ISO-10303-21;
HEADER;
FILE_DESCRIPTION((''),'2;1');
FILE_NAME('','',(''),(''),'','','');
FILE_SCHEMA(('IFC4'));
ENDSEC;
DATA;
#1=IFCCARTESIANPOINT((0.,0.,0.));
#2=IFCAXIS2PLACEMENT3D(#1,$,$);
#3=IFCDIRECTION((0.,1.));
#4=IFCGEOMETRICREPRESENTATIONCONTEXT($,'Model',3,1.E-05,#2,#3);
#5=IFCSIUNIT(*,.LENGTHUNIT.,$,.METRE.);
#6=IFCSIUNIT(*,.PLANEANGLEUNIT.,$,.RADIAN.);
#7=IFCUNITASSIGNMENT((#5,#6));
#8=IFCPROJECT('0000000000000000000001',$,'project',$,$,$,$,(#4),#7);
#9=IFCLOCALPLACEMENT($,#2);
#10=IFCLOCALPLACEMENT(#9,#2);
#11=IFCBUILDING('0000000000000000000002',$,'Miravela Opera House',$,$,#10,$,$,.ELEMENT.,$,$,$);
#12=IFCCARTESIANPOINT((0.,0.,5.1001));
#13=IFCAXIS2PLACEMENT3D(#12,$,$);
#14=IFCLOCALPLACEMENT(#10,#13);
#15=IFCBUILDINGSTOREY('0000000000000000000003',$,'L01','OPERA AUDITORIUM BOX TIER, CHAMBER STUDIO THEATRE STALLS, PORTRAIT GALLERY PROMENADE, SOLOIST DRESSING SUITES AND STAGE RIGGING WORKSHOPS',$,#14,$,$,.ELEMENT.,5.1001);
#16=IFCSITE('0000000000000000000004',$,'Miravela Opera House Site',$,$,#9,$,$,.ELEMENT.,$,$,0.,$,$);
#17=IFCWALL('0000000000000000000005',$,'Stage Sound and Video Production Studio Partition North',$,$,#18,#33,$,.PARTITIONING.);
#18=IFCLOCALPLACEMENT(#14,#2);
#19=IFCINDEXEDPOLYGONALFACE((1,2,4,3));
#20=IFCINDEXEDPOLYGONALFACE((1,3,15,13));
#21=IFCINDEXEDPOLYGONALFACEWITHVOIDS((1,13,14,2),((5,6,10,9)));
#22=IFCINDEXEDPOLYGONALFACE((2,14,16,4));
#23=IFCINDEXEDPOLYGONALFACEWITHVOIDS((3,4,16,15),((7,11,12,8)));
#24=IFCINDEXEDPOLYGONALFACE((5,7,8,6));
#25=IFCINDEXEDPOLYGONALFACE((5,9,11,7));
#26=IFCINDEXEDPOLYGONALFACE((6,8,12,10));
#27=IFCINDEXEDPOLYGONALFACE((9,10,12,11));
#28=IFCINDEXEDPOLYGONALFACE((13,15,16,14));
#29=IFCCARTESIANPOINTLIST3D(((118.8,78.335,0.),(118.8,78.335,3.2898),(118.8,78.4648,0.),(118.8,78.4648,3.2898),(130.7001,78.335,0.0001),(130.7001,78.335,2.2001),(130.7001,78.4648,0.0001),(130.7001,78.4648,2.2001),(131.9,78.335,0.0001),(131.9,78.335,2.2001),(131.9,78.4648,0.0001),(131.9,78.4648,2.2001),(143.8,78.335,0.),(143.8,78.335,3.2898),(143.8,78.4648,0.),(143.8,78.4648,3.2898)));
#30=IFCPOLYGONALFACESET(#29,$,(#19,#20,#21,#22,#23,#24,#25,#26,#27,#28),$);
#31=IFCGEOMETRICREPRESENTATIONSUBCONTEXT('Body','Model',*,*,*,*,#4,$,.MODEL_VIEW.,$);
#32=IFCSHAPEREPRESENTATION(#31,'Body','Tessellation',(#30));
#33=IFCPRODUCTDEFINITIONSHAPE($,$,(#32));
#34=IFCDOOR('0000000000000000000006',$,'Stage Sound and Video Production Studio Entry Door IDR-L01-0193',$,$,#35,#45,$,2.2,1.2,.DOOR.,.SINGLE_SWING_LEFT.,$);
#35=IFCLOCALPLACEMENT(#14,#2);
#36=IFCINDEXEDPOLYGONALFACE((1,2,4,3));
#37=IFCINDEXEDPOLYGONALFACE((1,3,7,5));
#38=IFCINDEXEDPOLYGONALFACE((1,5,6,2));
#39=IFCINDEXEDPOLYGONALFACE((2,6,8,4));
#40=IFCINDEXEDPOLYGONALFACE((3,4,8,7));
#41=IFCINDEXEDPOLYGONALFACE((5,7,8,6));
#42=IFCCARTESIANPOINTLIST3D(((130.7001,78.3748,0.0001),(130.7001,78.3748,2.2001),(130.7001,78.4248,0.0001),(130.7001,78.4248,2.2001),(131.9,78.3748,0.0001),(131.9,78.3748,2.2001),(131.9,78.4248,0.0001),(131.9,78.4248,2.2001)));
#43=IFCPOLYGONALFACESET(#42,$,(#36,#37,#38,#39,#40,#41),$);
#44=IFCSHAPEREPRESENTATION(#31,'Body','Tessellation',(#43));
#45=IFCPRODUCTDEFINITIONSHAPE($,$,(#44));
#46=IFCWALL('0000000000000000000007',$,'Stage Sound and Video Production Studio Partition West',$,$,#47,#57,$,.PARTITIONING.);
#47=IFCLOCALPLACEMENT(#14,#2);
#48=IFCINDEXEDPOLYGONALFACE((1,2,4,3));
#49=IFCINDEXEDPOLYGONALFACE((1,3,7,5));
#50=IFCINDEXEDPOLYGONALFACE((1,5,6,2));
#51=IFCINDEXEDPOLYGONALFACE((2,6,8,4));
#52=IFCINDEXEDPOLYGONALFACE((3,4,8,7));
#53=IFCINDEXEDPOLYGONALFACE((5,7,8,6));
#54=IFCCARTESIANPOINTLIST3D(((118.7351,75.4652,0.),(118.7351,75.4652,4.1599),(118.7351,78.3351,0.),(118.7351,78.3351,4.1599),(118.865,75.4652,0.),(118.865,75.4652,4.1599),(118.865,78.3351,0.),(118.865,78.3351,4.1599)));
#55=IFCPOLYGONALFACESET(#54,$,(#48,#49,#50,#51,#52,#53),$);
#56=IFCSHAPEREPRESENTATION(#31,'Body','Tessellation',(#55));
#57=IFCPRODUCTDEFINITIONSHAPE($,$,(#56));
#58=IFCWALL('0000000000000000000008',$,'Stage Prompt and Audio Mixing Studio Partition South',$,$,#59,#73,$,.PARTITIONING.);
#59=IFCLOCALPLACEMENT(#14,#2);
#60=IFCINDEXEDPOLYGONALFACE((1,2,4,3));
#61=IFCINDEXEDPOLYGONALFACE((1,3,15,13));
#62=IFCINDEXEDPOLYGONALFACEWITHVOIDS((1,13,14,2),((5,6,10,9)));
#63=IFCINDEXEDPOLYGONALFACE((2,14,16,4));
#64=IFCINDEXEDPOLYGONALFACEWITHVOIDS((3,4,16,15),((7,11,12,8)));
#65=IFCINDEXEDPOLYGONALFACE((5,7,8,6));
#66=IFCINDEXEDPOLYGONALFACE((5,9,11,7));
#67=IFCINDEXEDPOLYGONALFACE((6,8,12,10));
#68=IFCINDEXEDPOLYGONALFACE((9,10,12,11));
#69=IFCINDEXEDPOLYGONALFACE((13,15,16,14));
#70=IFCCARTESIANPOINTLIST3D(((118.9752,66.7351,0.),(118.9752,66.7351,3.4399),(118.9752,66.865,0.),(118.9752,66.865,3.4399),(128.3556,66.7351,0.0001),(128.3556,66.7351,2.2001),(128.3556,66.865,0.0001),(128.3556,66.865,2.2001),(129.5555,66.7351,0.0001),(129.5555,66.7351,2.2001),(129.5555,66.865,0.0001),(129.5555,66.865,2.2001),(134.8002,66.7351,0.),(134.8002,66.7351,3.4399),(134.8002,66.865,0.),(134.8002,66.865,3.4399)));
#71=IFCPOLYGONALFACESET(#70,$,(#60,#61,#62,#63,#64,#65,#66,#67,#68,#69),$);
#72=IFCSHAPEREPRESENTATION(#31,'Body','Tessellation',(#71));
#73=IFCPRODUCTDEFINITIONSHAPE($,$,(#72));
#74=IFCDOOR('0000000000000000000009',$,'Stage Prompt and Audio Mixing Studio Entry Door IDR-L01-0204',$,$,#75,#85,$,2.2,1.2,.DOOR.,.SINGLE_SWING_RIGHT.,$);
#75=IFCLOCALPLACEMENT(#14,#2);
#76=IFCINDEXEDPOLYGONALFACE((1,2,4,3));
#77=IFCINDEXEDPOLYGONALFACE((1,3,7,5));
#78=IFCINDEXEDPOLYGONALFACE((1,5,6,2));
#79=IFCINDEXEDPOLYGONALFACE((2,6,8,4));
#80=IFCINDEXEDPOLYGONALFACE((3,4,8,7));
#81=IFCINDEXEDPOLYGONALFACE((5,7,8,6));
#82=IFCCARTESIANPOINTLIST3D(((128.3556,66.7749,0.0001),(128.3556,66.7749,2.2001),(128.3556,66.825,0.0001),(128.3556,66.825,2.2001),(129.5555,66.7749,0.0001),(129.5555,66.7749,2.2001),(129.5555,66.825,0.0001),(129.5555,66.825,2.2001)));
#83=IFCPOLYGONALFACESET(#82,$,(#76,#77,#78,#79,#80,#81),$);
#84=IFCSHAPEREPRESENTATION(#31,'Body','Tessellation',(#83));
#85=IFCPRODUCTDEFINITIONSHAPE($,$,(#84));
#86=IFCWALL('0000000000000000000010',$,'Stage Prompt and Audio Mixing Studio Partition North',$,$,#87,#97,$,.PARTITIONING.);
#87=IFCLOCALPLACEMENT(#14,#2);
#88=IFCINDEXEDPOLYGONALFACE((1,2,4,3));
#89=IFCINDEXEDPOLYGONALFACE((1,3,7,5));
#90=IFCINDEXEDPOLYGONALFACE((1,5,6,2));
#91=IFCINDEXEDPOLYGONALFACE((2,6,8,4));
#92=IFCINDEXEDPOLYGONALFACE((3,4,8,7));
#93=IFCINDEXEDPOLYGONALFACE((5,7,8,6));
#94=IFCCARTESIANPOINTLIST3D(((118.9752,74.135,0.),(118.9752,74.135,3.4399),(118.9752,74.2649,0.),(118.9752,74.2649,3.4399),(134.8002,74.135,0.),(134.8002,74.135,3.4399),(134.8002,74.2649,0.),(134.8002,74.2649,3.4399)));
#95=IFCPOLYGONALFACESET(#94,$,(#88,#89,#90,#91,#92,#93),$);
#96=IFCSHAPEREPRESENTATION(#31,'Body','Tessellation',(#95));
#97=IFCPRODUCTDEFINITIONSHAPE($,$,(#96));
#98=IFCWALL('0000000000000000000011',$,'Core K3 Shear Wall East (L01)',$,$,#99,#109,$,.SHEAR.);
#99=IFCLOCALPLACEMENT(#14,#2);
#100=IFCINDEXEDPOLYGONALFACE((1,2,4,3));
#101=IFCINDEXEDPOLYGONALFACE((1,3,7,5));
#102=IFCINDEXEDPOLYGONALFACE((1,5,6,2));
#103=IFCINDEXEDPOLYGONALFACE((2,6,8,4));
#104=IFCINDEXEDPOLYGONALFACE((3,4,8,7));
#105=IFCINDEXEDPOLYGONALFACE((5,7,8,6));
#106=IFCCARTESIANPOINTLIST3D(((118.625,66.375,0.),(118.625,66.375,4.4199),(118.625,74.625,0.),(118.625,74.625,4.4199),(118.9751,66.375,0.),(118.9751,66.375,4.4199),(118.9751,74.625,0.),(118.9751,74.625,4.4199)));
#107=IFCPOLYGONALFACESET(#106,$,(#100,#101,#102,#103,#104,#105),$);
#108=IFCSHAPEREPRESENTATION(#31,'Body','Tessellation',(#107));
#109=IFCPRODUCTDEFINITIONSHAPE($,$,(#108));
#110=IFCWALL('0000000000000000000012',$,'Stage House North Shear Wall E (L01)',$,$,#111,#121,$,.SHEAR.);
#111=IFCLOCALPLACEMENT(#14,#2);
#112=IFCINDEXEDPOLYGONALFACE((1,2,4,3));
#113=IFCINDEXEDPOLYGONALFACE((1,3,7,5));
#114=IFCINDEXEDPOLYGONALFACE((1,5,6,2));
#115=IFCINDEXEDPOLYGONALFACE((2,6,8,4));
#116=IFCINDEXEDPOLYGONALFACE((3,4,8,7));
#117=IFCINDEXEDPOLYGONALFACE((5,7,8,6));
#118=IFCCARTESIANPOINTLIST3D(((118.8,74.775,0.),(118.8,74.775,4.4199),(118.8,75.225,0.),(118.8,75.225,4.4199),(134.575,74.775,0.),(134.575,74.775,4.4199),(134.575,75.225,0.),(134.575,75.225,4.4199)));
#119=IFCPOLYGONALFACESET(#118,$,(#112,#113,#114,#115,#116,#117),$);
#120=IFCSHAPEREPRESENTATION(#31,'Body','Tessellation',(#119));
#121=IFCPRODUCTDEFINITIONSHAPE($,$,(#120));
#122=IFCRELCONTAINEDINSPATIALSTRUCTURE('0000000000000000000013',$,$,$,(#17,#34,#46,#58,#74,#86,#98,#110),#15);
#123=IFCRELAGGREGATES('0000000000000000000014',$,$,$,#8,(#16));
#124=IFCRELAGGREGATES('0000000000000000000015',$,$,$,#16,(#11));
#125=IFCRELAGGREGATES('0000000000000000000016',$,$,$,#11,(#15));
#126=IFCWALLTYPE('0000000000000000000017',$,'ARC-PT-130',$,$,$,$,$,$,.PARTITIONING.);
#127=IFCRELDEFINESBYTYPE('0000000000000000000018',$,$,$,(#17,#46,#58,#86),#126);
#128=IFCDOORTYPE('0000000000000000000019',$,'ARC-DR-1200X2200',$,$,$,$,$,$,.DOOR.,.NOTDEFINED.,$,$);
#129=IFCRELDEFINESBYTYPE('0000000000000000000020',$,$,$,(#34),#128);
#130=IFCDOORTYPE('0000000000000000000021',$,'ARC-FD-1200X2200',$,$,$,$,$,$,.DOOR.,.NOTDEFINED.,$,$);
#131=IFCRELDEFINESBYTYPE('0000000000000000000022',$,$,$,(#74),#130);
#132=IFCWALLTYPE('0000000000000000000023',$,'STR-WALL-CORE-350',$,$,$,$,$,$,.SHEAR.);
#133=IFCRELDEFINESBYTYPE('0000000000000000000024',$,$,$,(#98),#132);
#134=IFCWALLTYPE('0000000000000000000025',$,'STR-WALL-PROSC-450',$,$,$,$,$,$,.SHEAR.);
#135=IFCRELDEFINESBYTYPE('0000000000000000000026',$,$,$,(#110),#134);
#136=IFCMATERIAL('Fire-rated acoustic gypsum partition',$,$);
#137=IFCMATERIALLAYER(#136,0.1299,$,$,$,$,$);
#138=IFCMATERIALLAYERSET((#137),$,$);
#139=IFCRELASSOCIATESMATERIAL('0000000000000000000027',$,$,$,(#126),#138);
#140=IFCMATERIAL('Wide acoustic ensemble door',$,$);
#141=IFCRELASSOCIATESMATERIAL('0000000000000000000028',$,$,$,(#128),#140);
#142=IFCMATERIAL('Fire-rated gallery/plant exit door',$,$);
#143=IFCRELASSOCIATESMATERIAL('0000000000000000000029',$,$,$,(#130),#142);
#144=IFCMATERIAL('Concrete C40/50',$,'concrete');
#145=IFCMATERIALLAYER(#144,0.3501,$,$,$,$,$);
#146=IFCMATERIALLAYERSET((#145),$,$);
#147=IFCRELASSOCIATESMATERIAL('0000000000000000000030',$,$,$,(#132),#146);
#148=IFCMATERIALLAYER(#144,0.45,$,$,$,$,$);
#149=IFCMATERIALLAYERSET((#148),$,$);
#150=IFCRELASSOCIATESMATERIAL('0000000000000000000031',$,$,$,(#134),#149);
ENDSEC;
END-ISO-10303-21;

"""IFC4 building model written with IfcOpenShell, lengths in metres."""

from ifc_helpers import new_model, si_unit, direction, frame, frame_2d, origin, place, context, subcontext, project, spatial, rectangle, extrude, material, layer, layer_set, type_object, element, fill, save


model = new_model("IFC4")

# Units and contexts
model_context = context("Model", 3, precision=1e-05, world=origin(), true_north=direction((0.0, 1.0)))
body_context = subcontext(model_context, "Body", "Model", "MODEL_VIEW")
ifc_project = project(units=[si_unit("LENGTHUNIT", "METRE"), si_unit("PLANEANGLEUNIT", "RADIAN")], contexts=[model_context])

# Site, building, storey
site_placement = place(None, origin())
site = spatial("IfcSite", under=ifc_project, at=site_placement, Name="Miravela Opera House Site", CompositionType="ELEMENT", RefElevation=0.0)
building_placement = place(site_placement, origin())
building = spatial("IfcBuilding", under=site, at=building_placement, Name="Miravela Opera House", CompositionType="ELEMENT")
storey_placement = place(building_placement, frame((0.0, 0.0, 5.1001)))
storey = spatial("IfcBuildingStorey", under=building, at=storey_placement, Name="L01", Description="OPERA AUDITORIUM BOX TIER, CHAMBER STUDIO THEATRE STALLS, PORTRAIT GALLERY PROMENADE, SOLOIST DRESSING SUITES AND STAGE RIGGING WORKSHOPS", CompositionType="ELEMENT", Elevation=5.1001)

# Shared definitions
ifc_material_1 = material(Name="Concrete C40/50", Category="concrete")

# Shared definitions
ifc_material_2 = material(Name="Fire-rated acoustic gypsum partition")
ifc_layer_1 = layer(ifc_material_2, 0.1299)
ifc_layer_set_1 = layer_set([ifc_layer_1])
wall_type_1 = type_object("IfcWallType", Name="ARC-PT-130", PredefinedType="PARTITIONING", material=ifc_layer_set_1)

# Wall, opening, door
wall_1_placement = place(storey_placement, frame((118.8, 78.3999, 0.0), z_axis=(0.0, 0.0, 1.0), x_axis=(1.0, 0.0, 0.0)))
wall_1 = element("IfcWall", 1, at=wall_1_placement, inside=storey, type_object=wall_type_1, Name="Stage Sound and Video Production Studio Partition North", PredefinedType="PARTITIONING", context=body_context, shape_type="SweptSolid", body=[
    extrude(rectangle(XDim=25.0, YDim=0.1299, at=frame_2d((12.5, 0.0))), origin(), (0.0, 0.0, 1.0), 3.2898),
])
opening_1_placement = place(wall_1_placement, frame((11.8999, 0.0, 0.0)))
opening_1 = element("IfcOpeningElement", 2, at=opening_1_placement, cuts=wall_1, PredefinedType="OPENING", context=body_context, shape_type="SweptSolid", body=[
    extrude(rectangle(XDim=1.2, YDim=2.2, at=frame_2d((0.6001, 1.1001))), frame((0.0, 0.075, 0.0), z_axis=(0.0, -1.0, 0.0), x_axis=(1.0, 0.0, 0.0)), (0.0, 0.0, 1.0), 0.1499),
])
ifc_material_3 = material(Name="Wide acoustic ensemble door")
door_type_1 = type_object("IfcDoorType", Name="ARC-DR-1200X2200", OperationType="NOTDEFINED", PredefinedType="DOOR", material=ifc_material_3)
door_1_placement = place(opening_1_placement, origin())
door_1 = element("IfcDoor", 3, at=door_1_placement, inside=storey, type_object=door_type_1, Name="Stage Sound and Video Production Studio Entry Door IDR-L01-0193", OperationType="SINGLE_SWING_LEFT", OverallHeight=2.2, OverallWidth=1.2, PredefinedType="DOOR", context=body_context, shape_type="SweptSolid", body=[
    extrude(rectangle(XDim=1.2, YDim=2.2, at=frame_2d((0.6001, 1.1001))), frame((0.0, 0.0249, 0.0), z_axis=(0.0, -1.0, 0.0), x_axis=(1.0, 0.0, 0.0)), (0.0, 0.0, 1.0), 0.05),
])
fill(opening_1, door_1)

# Wall
wall_2_placement = place(storey_placement, frame((118.8, 75.4651, 0.0), z_axis=(0.0, 0.0, 1.0), x_axis=(0.0, 1.0, 0.0)))
element("IfcWall", 4, at=wall_2_placement, inside=storey, type_object=wall_type_1, Name="Stage Sound and Video Production Studio Partition West", PredefinedType="PARTITIONING", context=body_context, shape_type="SweptSolid", body=[
    extrude(rectangle(XDim=2.8699, YDim=0.1299, at=frame_2d((1.4351, 0.0))), origin(), (0.0, 0.0, 1.0), 4.1599),
])

# Wall, opening, door
wall_3_placement = place(storey_placement, frame((118.9751, 66.8, 0.0), z_axis=(0.0, 0.0, 1.0), x_axis=(1.0, 0.0, 0.0)))
wall_3 = element("IfcWall", 5, at=wall_3_placement, inside=storey, type_object=wall_type_1, Name="Stage Prompt and Audio Mixing Studio Partition South", PredefinedType="PARTITIONING", context=body_context, shape_type="SweptSolid", body=[
    extrude(rectangle(XDim=15.825, YDim=0.1299, at=frame_2d((7.9126, 0.0))), origin(), (0.0, 0.0, 1.0), 3.4399),
])
opening_2_placement = place(wall_3_placement, frame((9.3804, 0.0, 0.0)))
opening_2 = element("IfcOpeningElement", 6, at=opening_2_placement, cuts=wall_3, PredefinedType="OPENING", context=body_context, shape_type="SweptSolid", body=[
    extrude(rectangle(XDim=1.2, YDim=2.2, at=frame_2d((0.6001, 1.1001))), frame((0.0, 0.075, 0.0), z_axis=(0.0, -1.0, 0.0), x_axis=(1.0, 0.0, 0.0)), (0.0, 0.0, 1.0), 0.1499),
])
ifc_material_4 = material(Name="Fire-rated gallery/plant exit door")
door_type_2 = type_object("IfcDoorType", Name="ARC-FD-1200X2200", OperationType="NOTDEFINED", PredefinedType="DOOR", material=ifc_material_4)
door_2_placement = place(opening_2_placement, origin())
door_2 = element("IfcDoor", 7, at=door_2_placement, inside=storey, type_object=door_type_2, Name="Stage Prompt and Audio Mixing Studio Entry Door IDR-L01-0204", OperationType="SINGLE_SWING_RIGHT", OverallHeight=2.2, OverallWidth=1.2, PredefinedType="DOOR", context=body_context, shape_type="SweptSolid", body=[
    extrude(rectangle(XDim=1.2, YDim=2.2, at=frame_2d((0.6001, 1.1001))), frame((0.0, 0.0249, 0.0), z_axis=(0.0, -1.0, 0.0), x_axis=(1.0, 0.0, 0.0)), (0.0, 0.0, 1.0), 0.05),
])
fill(opening_2, door_2)

# Walls
wall_4_placement = place(storey_placement, frame((118.9751, 74.2, 0.0), z_axis=(0.0, 0.0, 1.0), x_axis=(1.0, 0.0, 0.0)))
element("IfcWall", 8, at=wall_4_placement, inside=storey, type_object=wall_type_1, Name="Stage Prompt and Audio Mixing Studio Partition North", PredefinedType="PARTITIONING", context=body_context, shape_type="SweptSolid", body=[
    extrude(rectangle(XDim=15.825, YDim=0.1299, at=frame_2d((7.9126, 0.0))), origin(), (0.0, 0.0, 1.0), 3.4399),
])
ifc_layer_2 = layer(ifc_material_1, 0.3501)
ifc_layer_set_2 = layer_set([ifc_layer_2])
wall_type_2 = type_object("IfcWallType", Name="STR-WALL-CORE-350", PredefinedType="SHEAR", material=ifc_layer_set_2)
wall_5_placement = place(storey_placement, frame((118.8, 66.375, 0.0), z_axis=(0.0, 0.0, 1.0), x_axis=(0.0, 1.0, 0.0)))
element("IfcWall", 9, at=wall_5_placement, inside=storey, type_object=wall_type_2, Name="Core K3 Shear Wall East (L01)", PredefinedType="SHEAR", context=body_context, shape_type="SweptSolid", body=[
    extrude(rectangle(XDim=8.25, YDim=0.3501, at=frame_2d((4.125, 0.0))), origin(), (0.0, 0.0, 1.0), 4.4199),
])
ifc_layer_3 = layer(ifc_material_1, 0.45)
ifc_layer_set_3 = layer_set([ifc_layer_3])
wall_type_3 = type_object("IfcWallType", Name="STR-WALL-PROSC-450", PredefinedType="SHEAR", material=ifc_layer_set_3)
wall_6_placement = place(storey_placement, frame((118.8, 75.0, 0.0), z_axis=(0.0, 0.0, 1.0), x_axis=(1.0, 0.0, 0.0)))
element("IfcWall", 10, at=wall_6_placement, inside=storey, type_object=wall_type_3, Name="Stage House North Shear Wall E (L01)", PredefinedType="SHEAR", context=body_context, shape_type="SweptSolid", body=[
    extrude(rectangle(XDim=15.7749, YDim=0.45, at=frame_2d((7.8875, 0.0))), origin(), (0.0, 0.0, 1.0), 4.4199),
])

save(model, "model.ifc")
